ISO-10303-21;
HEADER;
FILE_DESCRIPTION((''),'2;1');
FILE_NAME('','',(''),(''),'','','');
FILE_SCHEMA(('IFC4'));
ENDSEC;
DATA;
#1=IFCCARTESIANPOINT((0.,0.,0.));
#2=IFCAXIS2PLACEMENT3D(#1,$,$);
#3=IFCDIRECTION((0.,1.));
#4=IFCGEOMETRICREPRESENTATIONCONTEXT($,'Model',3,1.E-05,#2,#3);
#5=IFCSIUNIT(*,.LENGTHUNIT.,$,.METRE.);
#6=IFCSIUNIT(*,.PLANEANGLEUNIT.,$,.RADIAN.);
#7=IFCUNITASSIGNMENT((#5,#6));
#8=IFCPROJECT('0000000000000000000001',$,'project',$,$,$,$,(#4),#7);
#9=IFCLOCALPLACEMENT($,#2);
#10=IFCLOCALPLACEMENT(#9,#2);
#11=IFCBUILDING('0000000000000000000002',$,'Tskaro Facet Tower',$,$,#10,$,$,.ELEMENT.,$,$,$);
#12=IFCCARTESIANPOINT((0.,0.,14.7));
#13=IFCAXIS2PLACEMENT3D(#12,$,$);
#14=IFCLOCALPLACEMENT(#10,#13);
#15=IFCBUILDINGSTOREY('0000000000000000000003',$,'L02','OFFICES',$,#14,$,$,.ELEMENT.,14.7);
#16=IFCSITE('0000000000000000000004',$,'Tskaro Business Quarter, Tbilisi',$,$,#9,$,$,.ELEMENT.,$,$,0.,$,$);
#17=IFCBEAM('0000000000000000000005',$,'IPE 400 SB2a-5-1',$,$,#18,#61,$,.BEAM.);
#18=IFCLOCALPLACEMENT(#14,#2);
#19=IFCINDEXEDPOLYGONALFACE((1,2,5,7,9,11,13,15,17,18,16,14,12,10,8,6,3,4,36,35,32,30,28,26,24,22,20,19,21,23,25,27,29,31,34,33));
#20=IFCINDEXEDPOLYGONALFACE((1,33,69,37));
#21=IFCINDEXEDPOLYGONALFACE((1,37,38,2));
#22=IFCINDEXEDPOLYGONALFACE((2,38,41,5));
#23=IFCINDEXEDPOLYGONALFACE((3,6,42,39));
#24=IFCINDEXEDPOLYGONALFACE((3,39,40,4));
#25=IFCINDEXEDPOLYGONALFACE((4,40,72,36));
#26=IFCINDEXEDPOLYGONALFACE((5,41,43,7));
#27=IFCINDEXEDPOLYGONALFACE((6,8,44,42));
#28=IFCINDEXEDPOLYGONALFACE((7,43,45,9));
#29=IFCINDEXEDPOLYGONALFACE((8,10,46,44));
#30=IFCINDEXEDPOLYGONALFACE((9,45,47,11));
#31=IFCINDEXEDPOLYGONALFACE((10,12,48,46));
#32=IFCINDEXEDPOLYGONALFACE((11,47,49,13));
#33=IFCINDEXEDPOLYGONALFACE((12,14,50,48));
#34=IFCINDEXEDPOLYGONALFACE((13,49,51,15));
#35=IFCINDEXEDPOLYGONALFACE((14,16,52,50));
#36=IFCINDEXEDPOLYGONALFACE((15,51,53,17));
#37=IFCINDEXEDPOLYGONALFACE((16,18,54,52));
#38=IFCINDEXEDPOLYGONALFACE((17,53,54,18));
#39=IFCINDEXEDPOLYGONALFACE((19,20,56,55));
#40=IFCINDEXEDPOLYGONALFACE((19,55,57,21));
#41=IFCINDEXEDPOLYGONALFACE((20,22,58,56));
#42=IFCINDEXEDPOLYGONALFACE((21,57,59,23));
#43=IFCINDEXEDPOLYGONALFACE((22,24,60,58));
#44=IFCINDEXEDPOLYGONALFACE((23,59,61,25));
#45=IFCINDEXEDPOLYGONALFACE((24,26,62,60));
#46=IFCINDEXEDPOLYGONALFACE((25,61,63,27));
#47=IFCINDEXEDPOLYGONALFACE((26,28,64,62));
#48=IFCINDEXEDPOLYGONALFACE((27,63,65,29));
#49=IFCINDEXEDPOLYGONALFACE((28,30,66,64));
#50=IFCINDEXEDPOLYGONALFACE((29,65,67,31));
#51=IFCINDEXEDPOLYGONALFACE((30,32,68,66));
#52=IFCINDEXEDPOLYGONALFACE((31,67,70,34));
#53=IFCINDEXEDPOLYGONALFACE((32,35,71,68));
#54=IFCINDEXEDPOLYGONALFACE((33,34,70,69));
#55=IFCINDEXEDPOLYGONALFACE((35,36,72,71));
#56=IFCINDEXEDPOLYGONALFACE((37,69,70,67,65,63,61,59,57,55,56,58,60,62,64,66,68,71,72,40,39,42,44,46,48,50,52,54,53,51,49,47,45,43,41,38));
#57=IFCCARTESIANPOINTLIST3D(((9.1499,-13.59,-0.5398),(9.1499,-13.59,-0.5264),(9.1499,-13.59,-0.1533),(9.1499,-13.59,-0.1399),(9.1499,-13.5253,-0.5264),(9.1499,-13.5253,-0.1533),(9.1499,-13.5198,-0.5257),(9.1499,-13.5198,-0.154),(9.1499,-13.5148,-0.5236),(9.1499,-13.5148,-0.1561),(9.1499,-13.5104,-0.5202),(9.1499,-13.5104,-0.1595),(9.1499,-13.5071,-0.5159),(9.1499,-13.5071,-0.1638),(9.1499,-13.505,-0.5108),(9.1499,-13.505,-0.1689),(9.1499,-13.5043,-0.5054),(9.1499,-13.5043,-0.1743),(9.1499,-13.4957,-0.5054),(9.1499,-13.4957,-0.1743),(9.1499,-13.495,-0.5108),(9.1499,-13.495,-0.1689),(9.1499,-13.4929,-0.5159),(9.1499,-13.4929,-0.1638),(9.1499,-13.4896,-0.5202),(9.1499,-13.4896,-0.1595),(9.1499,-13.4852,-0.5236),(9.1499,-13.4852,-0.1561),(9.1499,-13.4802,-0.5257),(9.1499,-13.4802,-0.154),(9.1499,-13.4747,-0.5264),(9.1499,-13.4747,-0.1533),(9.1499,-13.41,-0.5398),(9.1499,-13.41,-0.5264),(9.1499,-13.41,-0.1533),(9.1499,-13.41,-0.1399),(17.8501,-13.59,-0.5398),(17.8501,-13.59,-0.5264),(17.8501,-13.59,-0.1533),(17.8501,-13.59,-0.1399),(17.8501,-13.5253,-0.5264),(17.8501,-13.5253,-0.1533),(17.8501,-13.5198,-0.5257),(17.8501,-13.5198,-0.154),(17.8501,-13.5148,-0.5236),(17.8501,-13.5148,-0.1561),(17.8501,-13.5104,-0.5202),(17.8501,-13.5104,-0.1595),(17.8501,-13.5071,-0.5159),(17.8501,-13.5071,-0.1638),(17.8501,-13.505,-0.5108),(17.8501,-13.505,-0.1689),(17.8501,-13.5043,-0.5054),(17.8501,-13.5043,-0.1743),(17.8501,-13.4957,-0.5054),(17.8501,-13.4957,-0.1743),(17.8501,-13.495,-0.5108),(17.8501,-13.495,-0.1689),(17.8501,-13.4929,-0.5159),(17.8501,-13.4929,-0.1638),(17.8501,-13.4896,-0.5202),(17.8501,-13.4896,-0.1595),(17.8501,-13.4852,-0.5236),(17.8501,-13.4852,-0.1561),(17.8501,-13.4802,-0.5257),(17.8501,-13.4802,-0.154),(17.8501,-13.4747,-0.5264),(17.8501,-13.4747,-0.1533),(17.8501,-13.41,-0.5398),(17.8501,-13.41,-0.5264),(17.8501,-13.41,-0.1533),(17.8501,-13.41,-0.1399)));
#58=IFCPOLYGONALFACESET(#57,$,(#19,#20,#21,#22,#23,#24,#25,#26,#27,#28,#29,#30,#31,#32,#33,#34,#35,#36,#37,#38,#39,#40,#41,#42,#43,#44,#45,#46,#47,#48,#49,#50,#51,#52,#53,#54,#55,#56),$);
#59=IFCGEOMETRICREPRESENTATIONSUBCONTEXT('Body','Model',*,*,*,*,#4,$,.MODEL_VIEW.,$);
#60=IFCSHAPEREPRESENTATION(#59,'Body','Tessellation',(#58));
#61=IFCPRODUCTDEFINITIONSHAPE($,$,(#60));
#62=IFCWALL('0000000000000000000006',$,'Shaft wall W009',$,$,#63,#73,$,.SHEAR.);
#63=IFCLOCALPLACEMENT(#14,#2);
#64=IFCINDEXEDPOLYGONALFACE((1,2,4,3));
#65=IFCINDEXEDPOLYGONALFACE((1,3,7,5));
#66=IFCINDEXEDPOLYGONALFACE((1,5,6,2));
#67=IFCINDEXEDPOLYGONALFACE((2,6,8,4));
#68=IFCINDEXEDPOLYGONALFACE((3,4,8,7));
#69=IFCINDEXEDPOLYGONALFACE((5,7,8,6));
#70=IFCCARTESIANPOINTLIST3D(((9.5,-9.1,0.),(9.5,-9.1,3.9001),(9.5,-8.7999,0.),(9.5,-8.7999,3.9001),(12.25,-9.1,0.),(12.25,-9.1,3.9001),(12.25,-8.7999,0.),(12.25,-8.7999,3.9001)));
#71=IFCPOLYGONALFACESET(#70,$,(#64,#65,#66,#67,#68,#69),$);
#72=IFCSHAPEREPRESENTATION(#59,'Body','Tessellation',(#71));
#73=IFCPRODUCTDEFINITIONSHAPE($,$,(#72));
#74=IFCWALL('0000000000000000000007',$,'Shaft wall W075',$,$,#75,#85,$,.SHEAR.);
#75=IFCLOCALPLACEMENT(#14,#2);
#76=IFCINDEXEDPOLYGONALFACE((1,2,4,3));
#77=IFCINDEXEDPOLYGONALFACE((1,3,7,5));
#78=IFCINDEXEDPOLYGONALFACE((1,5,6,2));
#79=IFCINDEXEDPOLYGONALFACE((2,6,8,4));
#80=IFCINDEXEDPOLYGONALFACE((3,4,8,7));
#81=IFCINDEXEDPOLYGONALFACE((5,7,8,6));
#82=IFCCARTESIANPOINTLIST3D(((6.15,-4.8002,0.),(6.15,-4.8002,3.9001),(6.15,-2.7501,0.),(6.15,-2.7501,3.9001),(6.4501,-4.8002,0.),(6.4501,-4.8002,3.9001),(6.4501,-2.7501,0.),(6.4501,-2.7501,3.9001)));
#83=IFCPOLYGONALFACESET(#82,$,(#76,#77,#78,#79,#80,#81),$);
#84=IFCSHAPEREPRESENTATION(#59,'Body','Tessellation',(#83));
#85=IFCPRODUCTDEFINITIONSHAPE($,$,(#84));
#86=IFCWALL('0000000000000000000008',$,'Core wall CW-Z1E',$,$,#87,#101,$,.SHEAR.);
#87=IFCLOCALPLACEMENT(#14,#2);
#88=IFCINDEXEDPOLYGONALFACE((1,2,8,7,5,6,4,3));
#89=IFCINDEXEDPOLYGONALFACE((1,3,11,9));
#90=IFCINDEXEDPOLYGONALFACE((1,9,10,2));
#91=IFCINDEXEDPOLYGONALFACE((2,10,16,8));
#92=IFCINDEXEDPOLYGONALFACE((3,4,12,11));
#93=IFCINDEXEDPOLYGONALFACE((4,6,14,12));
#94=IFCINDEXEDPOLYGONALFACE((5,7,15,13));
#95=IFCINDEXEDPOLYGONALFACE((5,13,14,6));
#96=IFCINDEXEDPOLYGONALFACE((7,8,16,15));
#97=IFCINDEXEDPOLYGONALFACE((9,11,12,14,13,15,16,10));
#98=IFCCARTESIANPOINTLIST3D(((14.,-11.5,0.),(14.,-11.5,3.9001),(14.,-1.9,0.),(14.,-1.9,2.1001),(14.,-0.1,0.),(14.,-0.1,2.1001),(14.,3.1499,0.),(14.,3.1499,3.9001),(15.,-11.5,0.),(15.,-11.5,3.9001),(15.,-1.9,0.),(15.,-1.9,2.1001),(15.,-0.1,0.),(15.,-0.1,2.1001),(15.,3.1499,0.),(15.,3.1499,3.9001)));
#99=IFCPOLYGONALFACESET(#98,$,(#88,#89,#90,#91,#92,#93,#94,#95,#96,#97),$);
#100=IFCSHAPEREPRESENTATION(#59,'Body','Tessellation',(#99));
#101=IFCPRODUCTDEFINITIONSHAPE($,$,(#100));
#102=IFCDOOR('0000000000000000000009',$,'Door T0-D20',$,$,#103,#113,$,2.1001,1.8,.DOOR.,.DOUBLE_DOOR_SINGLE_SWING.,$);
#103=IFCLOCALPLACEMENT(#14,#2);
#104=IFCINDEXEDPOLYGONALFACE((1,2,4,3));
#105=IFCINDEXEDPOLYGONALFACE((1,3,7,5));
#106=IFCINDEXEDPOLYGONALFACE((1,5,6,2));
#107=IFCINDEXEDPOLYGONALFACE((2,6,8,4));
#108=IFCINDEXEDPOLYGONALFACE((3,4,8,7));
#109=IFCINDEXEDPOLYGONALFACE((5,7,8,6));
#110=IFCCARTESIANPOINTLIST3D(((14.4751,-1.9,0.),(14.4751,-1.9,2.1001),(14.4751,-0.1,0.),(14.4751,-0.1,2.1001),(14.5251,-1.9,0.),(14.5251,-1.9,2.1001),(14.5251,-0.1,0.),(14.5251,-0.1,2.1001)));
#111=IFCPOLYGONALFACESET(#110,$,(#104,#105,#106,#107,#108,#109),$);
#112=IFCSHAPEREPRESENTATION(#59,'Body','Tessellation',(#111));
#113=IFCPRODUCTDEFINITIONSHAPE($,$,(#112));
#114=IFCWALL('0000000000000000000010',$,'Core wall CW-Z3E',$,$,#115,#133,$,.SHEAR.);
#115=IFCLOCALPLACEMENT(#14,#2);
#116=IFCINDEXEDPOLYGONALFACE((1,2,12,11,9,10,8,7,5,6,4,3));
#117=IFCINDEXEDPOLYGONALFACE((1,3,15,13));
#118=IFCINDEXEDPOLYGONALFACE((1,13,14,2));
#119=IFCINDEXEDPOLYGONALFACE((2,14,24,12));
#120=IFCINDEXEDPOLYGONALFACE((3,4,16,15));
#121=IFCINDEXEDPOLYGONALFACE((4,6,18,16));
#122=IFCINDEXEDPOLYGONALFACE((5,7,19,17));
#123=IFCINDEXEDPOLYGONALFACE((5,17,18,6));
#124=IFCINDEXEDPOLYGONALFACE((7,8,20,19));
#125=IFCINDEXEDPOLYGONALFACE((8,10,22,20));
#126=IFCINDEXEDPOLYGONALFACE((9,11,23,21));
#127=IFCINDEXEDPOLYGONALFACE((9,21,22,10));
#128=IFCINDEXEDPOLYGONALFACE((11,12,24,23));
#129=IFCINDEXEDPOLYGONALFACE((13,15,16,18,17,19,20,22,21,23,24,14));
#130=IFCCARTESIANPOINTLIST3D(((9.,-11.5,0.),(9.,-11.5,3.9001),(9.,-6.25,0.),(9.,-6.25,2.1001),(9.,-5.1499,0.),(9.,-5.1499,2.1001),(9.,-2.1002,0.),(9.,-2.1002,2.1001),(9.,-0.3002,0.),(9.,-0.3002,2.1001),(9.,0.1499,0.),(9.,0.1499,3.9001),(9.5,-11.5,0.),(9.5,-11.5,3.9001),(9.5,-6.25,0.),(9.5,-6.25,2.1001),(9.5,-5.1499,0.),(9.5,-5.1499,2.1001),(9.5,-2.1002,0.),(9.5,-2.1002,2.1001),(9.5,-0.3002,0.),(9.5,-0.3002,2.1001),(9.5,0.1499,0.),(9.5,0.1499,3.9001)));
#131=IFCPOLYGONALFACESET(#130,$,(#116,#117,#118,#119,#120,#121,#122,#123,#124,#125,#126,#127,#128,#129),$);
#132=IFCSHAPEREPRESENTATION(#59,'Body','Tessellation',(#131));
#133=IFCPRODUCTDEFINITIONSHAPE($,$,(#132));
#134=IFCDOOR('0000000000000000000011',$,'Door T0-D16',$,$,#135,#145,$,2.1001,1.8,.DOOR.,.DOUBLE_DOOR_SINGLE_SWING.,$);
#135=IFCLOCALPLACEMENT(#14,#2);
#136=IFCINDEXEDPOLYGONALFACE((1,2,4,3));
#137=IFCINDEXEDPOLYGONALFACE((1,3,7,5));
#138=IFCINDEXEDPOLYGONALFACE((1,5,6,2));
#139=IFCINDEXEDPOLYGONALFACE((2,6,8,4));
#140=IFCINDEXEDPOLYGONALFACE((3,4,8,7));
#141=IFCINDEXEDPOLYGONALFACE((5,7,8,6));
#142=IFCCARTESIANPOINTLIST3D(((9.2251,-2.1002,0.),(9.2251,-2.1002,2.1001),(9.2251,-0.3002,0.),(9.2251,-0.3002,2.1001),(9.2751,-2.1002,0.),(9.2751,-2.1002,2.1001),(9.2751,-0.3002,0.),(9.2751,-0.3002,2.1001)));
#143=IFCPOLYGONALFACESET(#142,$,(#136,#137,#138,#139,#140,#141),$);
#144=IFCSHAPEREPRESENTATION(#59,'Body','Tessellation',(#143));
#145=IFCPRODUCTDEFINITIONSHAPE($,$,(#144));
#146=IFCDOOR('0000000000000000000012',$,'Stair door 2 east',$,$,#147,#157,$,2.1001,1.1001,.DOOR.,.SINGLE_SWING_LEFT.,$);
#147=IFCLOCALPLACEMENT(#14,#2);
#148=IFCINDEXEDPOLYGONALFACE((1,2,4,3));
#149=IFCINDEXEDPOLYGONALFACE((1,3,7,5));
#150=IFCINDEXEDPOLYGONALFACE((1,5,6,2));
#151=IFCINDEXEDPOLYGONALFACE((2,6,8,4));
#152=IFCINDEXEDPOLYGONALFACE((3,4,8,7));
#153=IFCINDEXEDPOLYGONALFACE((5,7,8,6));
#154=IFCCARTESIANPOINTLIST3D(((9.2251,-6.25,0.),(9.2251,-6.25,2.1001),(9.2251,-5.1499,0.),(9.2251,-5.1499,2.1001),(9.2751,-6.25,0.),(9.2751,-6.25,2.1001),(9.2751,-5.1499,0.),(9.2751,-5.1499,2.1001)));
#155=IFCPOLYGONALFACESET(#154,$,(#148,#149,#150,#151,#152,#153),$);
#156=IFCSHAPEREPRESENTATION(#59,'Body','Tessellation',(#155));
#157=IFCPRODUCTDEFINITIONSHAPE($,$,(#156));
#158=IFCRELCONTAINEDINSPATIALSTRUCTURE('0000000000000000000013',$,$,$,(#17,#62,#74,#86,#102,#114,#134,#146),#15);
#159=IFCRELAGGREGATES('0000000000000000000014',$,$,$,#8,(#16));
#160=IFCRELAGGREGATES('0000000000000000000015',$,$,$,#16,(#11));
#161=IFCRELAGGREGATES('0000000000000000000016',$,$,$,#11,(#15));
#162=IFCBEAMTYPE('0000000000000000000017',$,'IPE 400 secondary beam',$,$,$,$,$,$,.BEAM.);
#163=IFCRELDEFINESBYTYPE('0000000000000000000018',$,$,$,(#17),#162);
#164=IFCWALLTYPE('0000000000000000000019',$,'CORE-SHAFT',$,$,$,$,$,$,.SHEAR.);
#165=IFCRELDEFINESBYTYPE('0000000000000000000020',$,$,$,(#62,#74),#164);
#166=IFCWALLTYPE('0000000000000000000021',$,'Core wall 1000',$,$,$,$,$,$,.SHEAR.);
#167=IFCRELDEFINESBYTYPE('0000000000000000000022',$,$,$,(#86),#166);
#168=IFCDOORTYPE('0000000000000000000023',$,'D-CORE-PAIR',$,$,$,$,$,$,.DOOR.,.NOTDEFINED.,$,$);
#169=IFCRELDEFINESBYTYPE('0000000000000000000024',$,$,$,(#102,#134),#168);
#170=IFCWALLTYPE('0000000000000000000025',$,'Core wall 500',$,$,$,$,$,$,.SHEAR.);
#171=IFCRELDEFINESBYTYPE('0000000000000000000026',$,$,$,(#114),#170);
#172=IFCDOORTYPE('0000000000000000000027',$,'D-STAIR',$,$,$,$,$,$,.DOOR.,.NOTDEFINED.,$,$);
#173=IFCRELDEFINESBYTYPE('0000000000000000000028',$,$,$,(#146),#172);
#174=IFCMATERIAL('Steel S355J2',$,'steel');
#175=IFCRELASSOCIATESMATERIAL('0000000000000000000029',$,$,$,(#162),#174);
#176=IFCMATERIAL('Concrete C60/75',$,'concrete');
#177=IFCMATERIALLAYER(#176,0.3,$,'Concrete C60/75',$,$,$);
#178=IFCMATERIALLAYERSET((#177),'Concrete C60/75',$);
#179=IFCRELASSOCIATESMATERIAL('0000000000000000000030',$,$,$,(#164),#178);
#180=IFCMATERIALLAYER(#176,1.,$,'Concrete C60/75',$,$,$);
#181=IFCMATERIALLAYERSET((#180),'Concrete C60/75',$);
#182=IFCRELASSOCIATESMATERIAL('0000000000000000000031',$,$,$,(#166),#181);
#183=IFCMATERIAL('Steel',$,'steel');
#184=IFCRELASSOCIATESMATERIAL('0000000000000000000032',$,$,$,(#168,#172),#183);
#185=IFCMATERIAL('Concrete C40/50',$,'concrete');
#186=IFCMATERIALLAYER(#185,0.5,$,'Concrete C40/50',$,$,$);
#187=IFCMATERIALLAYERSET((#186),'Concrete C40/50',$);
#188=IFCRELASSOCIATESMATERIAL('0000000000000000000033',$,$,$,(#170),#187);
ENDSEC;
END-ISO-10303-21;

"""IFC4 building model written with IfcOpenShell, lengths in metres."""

from ifc_helpers import new_model, si_unit, direction, frame, frame_2d, origin, origin_2d, place, context, subcontext, project, spatial, rectangle, i_section, extrude, material, layer, layer_set, material_profile, profile_set, type_object, element, fill, save


model = new_model("IFC4")

# Units and contexts
model_context = context("Model", 3, precision=1e-05, world=origin(), true_north=direction((0.0, 1.0)))
body_context = subcontext(model_context, "Body", "Model", "MODEL_VIEW")
ifc_project = project(units=[si_unit("LENGTHUNIT", "METRE"), si_unit("PLANEANGLEUNIT", "RADIAN")], contexts=[model_context])

# Site, building, storey
site_placement = place(None, origin())
site = spatial("IfcSite", under=ifc_project, at=site_placement, Name="Tskaro Business Quarter, Tbilisi", CompositionType="ELEMENT", RefElevation=0.0)
building_placement = place(site_placement, origin())
building = spatial("IfcBuilding", under=site, at=building_placement, Name="Tskaro Facet Tower", CompositionType="ELEMENT")
storey_placement = place(building_placement, frame((0.0, 0.0, 14.7)))
storey = spatial("IfcBuildingStorey", under=building, at=storey_placement, Name="L02", Description="OFFICES", CompositionType="ELEMENT", Elevation=14.7)

# Beam
ifc_material_1 = material(Name="Steel S355J2", Category="steel")
ifc_material_profile = material_profile(ifc_material_1, i_section(OverallWidth=0.1799, OverallDepth=0.3999, WebThickness=0.0085, FlangeThickness=0.0134, FilletRadius=0.021, at=origin_2d()), Name="IPE 400")
ifc_profile_set = profile_set([ifc_material_profile], Name="Steel S355J2")
beam_type = type_object("IfcBeamType", Name="IPE 400 secondary beam", PredefinedType="BEAM", material=ifc_profile_set)
beam_placement = place(storey_placement, frame((9.1499, -13.5, -0.3398), z_axis=(1.0, 0.0, 0.0), x_axis=(0.0, 1.0, 0.0)))
element("IfcBeam", 1, at=beam_placement, inside=storey, type_object=beam_type, Name="IPE 400 SB2a-5-1", PredefinedType="BEAM", context=body_context, shape_type="SweptSolid", body=[
    extrude(i_section(OverallWidth=0.1799, OverallDepth=0.3999, WebThickness=0.0085, FlangeThickness=0.0134, FilletRadius=0.021, at=origin_2d()), origin(), (0.0, 0.0, 1.0), 8.7002),
])

# Walls
ifc_material_2 = material(Name="Concrete C60/75", Category="concrete")
ifc_layer_1 = layer(ifc_material_2, 0.3, Name="Concrete C60/75")
ifc_layer_set_1 = layer_set([ifc_layer_1], Name="Concrete C60/75")
wall_type_1 = type_object("IfcWallType", Name="CORE-SHAFT", PredefinedType="SHEAR", material=ifc_layer_set_1)
wall_1_placement = place(storey_placement, frame((9.5, -8.95, 0.0), z_axis=(0.0, 0.0, 1.0), x_axis=(1.0, 0.0, 0.0)))
element("IfcWall", 2, at=wall_1_placement, inside=storey, type_object=wall_type_1, Name="Shaft wall W009", PredefinedType="SHEAR", context=body_context, shape_type="SweptSolid", body=[
    extrude(rectangle(XDim=2.75, YDim=0.3, at=frame_2d((1.375, 0.0))), origin(), (0.0, 0.0, 1.0), 3.9001),
])
wall_2_placement = place(storey_placement, frame((6.3, -4.8, 0.0), z_axis=(0.0, 0.0, 1.0), x_axis=(0.0, 1.0, 0.0)))
element("IfcWall", 3, at=wall_2_placement, inside=storey, type_object=wall_type_1, Name="Shaft wall W075", PredefinedType="SHEAR", context=body_context, shape_type="SweptSolid", body=[
    extrude(rectangle(XDim=2.05, YDim=0.3, at=frame_2d((1.0249, 0.0))), origin(), (0.0, 0.0, 1.0), 3.9001),
])

# Wall, opening, door
ifc_layer_2 = layer(ifc_material_2, 1.0, Name="Concrete C60/75")
ifc_layer_set_2 = layer_set([ifc_layer_2], Name="Concrete C60/75")
wall_type_2 = type_object("IfcWallType", Name="Core wall 1000", PredefinedType="SHEAR", material=ifc_layer_set_2)
wall_3_placement = place(storey_placement, frame((14.5, -11.5, 0.0), z_axis=(0.0, 0.0, 1.0), x_axis=(0.0, 1.0, 0.0)))
wall_3 = element("IfcWall", 4, at=wall_3_placement, inside=storey, type_object=wall_type_2, Name="Core wall CW-Z1E", PredefinedType="SHEAR", context=body_context, shape_type="SweptSolid", body=[
    extrude(rectangle(XDim=14.6499, YDim=1.0, at=frame_2d((7.325, 0.0))), origin(), (0.0, 0.0, 1.0), 3.9001),
])
opening_1_placement = place(wall_3_placement, frame((9.6001, 0.0, 0.0)))
opening_1 = element("IfcOpeningElement", 5, at=opening_1_placement, cuts=wall_3, PredefinedType="OPENING", context=body_context, shape_type="SweptSolid", body=[
    extrude(rectangle(XDim=1.8, YDim=2.1001, at=frame_2d((0.8999, 1.05))), frame((0.0, 0.51, 0.0), z_axis=(0.0, -1.0, 0.0), x_axis=(1.0, 0.0, 0.0)), (0.0, 0.0, 1.0), 1.02),
])
ifc_material_3 = material(Name="Steel", Category="steel")
door_type_1 = type_object("IfcDoorType", Name="D-CORE-PAIR", OperationType="NOTDEFINED", PredefinedType="DOOR", material=ifc_material_3)
door_1_placement = place(opening_1_placement, origin())
door_1 = element("IfcDoor", 6, at=door_1_placement, inside=storey, type_object=door_type_1, Name="Door T0-D20", OperationType="DOUBLE_DOOR_SINGLE_SWING", OverallHeight=2.1001, OverallWidth=1.8, PredefinedType="DOOR", context=body_context, shape_type="SweptSolid", body=[
    extrude(rectangle(XDim=1.8, YDim=2.1001, at=frame_2d((0.8999, 1.05))), frame((0.0, 0.0249, 0.0), z_axis=(0.0, -1.0, 0.0), x_axis=(1.0, 0.0, 0.0)), (0.0, 0.0, 1.0), 0.05),
])
fill(opening_1, door_1)

# Wall, openings, doors
ifc_material_4 = material(Name="Concrete C40/50", Category="concrete")
ifc_layer_3 = layer(ifc_material_4, 0.5, Name="Concrete C40/50")
ifc_layer_set_3 = layer_set([ifc_layer_3], Name="Concrete C40/50")
wall_type_3 = type_object("IfcWallType", Name="Core wall 500", PredefinedType="SHEAR", material=ifc_layer_set_3)
wall_4_placement = place(storey_placement, frame((9.25, -11.5, 0.0), z_axis=(0.0, 0.0, 1.0), x_axis=(0.0, 1.0, 0.0)))
wall_4 = element("IfcWall", 7, at=wall_4_placement, inside=storey, type_object=wall_type_3, Name="Core wall CW-Z3E", PredefinedType="SHEAR", context=body_context, shape_type="SweptSolid", body=[
    extrude(rectangle(XDim=11.6499, YDim=0.5, at=frame_2d((5.825, 0.0))), origin(), (0.0, 0.0, 1.0), 3.9001),
])
opening_2_placement = place(wall_4_placement, frame((9.3999, 0.0, 0.0)))
opening_2 = element("IfcOpeningElement", 8, at=opening_2_placement, cuts=wall_4, PredefinedType="OPENING", context=body_context, shape_type="SweptSolid", body=[
    extrude(rectangle(XDim=1.8, YDim=2.1001, at=frame_2d((0.8999, 1.05))), frame((0.0, 0.26, 0.0), z_axis=(0.0, -1.0, 0.0), x_axis=(1.0, 0.0, 0.0)), (0.0, 0.0, 1.0), 0.52),
])
opening_3_placement = place(wall_4_placement, frame((5.25, 0.0, 0.0)))
opening_3 = element("IfcOpeningElement", 9, at=opening_3_placement, cuts=wall_4, PredefinedType="OPENING", context=body_context, shape_type="SweptSolid", body=[
    extrude(rectangle(XDim=1.1001, YDim=2.1001, at=frame_2d((0.55, 1.05))), frame((0.0, 0.26, 0.0), z_axis=(0.0, -1.0, 0.0), x_axis=(1.0, 0.0, 0.0)), (0.0, 0.0, 1.0), 0.52),
])
door_2_placement = place(opening_2_placement, origin())
door_2 = element("IfcDoor", 10, at=door_2_placement, inside=storey, type_object=door_type_1, Name="Door T0-D16", OperationType="DOUBLE_DOOR_SINGLE_SWING", OverallHeight=2.1001, OverallWidth=1.8, PredefinedType="DOOR", context=body_context, shape_type="SweptSolid", body=[
    extrude(rectangle(XDim=1.8, YDim=2.1001, at=frame_2d((0.8999, 1.05))), frame((0.0, 0.0249, 0.0), z_axis=(0.0, -1.0, 0.0), x_axis=(1.0, 0.0, 0.0)), (0.0, 0.0, 1.0), 0.05),
])
fill(opening_2, door_2)
door_type_2 = type_object("IfcDoorType", Name="D-STAIR", OperationType="NOTDEFINED", PredefinedType="DOOR", material=ifc_material_3)
door_3_placement = place(opening_3_placement, origin())
door_3 = element("IfcDoor", 11, at=door_3_placement, inside=storey, type_object=door_type_2, Name="Stair door 2 east", OperationType="SINGLE_SWING_LEFT", OverallHeight=2.1001, OverallWidth=1.1001, PredefinedType="DOOR", context=body_context, shape_type="SweptSolid", body=[
    extrude(rectangle(XDim=1.1001, YDim=2.1001, at=frame_2d((0.55, 1.05))), frame((0.0, 0.0249, 0.0), z_axis=(0.0, -1.0, 0.0), x_axis=(1.0, 0.0, 0.0)), (0.0, 0.0, 1.0), 0.05),
])
fill(opening_3, door_3)

save(model, "model.ifc")
